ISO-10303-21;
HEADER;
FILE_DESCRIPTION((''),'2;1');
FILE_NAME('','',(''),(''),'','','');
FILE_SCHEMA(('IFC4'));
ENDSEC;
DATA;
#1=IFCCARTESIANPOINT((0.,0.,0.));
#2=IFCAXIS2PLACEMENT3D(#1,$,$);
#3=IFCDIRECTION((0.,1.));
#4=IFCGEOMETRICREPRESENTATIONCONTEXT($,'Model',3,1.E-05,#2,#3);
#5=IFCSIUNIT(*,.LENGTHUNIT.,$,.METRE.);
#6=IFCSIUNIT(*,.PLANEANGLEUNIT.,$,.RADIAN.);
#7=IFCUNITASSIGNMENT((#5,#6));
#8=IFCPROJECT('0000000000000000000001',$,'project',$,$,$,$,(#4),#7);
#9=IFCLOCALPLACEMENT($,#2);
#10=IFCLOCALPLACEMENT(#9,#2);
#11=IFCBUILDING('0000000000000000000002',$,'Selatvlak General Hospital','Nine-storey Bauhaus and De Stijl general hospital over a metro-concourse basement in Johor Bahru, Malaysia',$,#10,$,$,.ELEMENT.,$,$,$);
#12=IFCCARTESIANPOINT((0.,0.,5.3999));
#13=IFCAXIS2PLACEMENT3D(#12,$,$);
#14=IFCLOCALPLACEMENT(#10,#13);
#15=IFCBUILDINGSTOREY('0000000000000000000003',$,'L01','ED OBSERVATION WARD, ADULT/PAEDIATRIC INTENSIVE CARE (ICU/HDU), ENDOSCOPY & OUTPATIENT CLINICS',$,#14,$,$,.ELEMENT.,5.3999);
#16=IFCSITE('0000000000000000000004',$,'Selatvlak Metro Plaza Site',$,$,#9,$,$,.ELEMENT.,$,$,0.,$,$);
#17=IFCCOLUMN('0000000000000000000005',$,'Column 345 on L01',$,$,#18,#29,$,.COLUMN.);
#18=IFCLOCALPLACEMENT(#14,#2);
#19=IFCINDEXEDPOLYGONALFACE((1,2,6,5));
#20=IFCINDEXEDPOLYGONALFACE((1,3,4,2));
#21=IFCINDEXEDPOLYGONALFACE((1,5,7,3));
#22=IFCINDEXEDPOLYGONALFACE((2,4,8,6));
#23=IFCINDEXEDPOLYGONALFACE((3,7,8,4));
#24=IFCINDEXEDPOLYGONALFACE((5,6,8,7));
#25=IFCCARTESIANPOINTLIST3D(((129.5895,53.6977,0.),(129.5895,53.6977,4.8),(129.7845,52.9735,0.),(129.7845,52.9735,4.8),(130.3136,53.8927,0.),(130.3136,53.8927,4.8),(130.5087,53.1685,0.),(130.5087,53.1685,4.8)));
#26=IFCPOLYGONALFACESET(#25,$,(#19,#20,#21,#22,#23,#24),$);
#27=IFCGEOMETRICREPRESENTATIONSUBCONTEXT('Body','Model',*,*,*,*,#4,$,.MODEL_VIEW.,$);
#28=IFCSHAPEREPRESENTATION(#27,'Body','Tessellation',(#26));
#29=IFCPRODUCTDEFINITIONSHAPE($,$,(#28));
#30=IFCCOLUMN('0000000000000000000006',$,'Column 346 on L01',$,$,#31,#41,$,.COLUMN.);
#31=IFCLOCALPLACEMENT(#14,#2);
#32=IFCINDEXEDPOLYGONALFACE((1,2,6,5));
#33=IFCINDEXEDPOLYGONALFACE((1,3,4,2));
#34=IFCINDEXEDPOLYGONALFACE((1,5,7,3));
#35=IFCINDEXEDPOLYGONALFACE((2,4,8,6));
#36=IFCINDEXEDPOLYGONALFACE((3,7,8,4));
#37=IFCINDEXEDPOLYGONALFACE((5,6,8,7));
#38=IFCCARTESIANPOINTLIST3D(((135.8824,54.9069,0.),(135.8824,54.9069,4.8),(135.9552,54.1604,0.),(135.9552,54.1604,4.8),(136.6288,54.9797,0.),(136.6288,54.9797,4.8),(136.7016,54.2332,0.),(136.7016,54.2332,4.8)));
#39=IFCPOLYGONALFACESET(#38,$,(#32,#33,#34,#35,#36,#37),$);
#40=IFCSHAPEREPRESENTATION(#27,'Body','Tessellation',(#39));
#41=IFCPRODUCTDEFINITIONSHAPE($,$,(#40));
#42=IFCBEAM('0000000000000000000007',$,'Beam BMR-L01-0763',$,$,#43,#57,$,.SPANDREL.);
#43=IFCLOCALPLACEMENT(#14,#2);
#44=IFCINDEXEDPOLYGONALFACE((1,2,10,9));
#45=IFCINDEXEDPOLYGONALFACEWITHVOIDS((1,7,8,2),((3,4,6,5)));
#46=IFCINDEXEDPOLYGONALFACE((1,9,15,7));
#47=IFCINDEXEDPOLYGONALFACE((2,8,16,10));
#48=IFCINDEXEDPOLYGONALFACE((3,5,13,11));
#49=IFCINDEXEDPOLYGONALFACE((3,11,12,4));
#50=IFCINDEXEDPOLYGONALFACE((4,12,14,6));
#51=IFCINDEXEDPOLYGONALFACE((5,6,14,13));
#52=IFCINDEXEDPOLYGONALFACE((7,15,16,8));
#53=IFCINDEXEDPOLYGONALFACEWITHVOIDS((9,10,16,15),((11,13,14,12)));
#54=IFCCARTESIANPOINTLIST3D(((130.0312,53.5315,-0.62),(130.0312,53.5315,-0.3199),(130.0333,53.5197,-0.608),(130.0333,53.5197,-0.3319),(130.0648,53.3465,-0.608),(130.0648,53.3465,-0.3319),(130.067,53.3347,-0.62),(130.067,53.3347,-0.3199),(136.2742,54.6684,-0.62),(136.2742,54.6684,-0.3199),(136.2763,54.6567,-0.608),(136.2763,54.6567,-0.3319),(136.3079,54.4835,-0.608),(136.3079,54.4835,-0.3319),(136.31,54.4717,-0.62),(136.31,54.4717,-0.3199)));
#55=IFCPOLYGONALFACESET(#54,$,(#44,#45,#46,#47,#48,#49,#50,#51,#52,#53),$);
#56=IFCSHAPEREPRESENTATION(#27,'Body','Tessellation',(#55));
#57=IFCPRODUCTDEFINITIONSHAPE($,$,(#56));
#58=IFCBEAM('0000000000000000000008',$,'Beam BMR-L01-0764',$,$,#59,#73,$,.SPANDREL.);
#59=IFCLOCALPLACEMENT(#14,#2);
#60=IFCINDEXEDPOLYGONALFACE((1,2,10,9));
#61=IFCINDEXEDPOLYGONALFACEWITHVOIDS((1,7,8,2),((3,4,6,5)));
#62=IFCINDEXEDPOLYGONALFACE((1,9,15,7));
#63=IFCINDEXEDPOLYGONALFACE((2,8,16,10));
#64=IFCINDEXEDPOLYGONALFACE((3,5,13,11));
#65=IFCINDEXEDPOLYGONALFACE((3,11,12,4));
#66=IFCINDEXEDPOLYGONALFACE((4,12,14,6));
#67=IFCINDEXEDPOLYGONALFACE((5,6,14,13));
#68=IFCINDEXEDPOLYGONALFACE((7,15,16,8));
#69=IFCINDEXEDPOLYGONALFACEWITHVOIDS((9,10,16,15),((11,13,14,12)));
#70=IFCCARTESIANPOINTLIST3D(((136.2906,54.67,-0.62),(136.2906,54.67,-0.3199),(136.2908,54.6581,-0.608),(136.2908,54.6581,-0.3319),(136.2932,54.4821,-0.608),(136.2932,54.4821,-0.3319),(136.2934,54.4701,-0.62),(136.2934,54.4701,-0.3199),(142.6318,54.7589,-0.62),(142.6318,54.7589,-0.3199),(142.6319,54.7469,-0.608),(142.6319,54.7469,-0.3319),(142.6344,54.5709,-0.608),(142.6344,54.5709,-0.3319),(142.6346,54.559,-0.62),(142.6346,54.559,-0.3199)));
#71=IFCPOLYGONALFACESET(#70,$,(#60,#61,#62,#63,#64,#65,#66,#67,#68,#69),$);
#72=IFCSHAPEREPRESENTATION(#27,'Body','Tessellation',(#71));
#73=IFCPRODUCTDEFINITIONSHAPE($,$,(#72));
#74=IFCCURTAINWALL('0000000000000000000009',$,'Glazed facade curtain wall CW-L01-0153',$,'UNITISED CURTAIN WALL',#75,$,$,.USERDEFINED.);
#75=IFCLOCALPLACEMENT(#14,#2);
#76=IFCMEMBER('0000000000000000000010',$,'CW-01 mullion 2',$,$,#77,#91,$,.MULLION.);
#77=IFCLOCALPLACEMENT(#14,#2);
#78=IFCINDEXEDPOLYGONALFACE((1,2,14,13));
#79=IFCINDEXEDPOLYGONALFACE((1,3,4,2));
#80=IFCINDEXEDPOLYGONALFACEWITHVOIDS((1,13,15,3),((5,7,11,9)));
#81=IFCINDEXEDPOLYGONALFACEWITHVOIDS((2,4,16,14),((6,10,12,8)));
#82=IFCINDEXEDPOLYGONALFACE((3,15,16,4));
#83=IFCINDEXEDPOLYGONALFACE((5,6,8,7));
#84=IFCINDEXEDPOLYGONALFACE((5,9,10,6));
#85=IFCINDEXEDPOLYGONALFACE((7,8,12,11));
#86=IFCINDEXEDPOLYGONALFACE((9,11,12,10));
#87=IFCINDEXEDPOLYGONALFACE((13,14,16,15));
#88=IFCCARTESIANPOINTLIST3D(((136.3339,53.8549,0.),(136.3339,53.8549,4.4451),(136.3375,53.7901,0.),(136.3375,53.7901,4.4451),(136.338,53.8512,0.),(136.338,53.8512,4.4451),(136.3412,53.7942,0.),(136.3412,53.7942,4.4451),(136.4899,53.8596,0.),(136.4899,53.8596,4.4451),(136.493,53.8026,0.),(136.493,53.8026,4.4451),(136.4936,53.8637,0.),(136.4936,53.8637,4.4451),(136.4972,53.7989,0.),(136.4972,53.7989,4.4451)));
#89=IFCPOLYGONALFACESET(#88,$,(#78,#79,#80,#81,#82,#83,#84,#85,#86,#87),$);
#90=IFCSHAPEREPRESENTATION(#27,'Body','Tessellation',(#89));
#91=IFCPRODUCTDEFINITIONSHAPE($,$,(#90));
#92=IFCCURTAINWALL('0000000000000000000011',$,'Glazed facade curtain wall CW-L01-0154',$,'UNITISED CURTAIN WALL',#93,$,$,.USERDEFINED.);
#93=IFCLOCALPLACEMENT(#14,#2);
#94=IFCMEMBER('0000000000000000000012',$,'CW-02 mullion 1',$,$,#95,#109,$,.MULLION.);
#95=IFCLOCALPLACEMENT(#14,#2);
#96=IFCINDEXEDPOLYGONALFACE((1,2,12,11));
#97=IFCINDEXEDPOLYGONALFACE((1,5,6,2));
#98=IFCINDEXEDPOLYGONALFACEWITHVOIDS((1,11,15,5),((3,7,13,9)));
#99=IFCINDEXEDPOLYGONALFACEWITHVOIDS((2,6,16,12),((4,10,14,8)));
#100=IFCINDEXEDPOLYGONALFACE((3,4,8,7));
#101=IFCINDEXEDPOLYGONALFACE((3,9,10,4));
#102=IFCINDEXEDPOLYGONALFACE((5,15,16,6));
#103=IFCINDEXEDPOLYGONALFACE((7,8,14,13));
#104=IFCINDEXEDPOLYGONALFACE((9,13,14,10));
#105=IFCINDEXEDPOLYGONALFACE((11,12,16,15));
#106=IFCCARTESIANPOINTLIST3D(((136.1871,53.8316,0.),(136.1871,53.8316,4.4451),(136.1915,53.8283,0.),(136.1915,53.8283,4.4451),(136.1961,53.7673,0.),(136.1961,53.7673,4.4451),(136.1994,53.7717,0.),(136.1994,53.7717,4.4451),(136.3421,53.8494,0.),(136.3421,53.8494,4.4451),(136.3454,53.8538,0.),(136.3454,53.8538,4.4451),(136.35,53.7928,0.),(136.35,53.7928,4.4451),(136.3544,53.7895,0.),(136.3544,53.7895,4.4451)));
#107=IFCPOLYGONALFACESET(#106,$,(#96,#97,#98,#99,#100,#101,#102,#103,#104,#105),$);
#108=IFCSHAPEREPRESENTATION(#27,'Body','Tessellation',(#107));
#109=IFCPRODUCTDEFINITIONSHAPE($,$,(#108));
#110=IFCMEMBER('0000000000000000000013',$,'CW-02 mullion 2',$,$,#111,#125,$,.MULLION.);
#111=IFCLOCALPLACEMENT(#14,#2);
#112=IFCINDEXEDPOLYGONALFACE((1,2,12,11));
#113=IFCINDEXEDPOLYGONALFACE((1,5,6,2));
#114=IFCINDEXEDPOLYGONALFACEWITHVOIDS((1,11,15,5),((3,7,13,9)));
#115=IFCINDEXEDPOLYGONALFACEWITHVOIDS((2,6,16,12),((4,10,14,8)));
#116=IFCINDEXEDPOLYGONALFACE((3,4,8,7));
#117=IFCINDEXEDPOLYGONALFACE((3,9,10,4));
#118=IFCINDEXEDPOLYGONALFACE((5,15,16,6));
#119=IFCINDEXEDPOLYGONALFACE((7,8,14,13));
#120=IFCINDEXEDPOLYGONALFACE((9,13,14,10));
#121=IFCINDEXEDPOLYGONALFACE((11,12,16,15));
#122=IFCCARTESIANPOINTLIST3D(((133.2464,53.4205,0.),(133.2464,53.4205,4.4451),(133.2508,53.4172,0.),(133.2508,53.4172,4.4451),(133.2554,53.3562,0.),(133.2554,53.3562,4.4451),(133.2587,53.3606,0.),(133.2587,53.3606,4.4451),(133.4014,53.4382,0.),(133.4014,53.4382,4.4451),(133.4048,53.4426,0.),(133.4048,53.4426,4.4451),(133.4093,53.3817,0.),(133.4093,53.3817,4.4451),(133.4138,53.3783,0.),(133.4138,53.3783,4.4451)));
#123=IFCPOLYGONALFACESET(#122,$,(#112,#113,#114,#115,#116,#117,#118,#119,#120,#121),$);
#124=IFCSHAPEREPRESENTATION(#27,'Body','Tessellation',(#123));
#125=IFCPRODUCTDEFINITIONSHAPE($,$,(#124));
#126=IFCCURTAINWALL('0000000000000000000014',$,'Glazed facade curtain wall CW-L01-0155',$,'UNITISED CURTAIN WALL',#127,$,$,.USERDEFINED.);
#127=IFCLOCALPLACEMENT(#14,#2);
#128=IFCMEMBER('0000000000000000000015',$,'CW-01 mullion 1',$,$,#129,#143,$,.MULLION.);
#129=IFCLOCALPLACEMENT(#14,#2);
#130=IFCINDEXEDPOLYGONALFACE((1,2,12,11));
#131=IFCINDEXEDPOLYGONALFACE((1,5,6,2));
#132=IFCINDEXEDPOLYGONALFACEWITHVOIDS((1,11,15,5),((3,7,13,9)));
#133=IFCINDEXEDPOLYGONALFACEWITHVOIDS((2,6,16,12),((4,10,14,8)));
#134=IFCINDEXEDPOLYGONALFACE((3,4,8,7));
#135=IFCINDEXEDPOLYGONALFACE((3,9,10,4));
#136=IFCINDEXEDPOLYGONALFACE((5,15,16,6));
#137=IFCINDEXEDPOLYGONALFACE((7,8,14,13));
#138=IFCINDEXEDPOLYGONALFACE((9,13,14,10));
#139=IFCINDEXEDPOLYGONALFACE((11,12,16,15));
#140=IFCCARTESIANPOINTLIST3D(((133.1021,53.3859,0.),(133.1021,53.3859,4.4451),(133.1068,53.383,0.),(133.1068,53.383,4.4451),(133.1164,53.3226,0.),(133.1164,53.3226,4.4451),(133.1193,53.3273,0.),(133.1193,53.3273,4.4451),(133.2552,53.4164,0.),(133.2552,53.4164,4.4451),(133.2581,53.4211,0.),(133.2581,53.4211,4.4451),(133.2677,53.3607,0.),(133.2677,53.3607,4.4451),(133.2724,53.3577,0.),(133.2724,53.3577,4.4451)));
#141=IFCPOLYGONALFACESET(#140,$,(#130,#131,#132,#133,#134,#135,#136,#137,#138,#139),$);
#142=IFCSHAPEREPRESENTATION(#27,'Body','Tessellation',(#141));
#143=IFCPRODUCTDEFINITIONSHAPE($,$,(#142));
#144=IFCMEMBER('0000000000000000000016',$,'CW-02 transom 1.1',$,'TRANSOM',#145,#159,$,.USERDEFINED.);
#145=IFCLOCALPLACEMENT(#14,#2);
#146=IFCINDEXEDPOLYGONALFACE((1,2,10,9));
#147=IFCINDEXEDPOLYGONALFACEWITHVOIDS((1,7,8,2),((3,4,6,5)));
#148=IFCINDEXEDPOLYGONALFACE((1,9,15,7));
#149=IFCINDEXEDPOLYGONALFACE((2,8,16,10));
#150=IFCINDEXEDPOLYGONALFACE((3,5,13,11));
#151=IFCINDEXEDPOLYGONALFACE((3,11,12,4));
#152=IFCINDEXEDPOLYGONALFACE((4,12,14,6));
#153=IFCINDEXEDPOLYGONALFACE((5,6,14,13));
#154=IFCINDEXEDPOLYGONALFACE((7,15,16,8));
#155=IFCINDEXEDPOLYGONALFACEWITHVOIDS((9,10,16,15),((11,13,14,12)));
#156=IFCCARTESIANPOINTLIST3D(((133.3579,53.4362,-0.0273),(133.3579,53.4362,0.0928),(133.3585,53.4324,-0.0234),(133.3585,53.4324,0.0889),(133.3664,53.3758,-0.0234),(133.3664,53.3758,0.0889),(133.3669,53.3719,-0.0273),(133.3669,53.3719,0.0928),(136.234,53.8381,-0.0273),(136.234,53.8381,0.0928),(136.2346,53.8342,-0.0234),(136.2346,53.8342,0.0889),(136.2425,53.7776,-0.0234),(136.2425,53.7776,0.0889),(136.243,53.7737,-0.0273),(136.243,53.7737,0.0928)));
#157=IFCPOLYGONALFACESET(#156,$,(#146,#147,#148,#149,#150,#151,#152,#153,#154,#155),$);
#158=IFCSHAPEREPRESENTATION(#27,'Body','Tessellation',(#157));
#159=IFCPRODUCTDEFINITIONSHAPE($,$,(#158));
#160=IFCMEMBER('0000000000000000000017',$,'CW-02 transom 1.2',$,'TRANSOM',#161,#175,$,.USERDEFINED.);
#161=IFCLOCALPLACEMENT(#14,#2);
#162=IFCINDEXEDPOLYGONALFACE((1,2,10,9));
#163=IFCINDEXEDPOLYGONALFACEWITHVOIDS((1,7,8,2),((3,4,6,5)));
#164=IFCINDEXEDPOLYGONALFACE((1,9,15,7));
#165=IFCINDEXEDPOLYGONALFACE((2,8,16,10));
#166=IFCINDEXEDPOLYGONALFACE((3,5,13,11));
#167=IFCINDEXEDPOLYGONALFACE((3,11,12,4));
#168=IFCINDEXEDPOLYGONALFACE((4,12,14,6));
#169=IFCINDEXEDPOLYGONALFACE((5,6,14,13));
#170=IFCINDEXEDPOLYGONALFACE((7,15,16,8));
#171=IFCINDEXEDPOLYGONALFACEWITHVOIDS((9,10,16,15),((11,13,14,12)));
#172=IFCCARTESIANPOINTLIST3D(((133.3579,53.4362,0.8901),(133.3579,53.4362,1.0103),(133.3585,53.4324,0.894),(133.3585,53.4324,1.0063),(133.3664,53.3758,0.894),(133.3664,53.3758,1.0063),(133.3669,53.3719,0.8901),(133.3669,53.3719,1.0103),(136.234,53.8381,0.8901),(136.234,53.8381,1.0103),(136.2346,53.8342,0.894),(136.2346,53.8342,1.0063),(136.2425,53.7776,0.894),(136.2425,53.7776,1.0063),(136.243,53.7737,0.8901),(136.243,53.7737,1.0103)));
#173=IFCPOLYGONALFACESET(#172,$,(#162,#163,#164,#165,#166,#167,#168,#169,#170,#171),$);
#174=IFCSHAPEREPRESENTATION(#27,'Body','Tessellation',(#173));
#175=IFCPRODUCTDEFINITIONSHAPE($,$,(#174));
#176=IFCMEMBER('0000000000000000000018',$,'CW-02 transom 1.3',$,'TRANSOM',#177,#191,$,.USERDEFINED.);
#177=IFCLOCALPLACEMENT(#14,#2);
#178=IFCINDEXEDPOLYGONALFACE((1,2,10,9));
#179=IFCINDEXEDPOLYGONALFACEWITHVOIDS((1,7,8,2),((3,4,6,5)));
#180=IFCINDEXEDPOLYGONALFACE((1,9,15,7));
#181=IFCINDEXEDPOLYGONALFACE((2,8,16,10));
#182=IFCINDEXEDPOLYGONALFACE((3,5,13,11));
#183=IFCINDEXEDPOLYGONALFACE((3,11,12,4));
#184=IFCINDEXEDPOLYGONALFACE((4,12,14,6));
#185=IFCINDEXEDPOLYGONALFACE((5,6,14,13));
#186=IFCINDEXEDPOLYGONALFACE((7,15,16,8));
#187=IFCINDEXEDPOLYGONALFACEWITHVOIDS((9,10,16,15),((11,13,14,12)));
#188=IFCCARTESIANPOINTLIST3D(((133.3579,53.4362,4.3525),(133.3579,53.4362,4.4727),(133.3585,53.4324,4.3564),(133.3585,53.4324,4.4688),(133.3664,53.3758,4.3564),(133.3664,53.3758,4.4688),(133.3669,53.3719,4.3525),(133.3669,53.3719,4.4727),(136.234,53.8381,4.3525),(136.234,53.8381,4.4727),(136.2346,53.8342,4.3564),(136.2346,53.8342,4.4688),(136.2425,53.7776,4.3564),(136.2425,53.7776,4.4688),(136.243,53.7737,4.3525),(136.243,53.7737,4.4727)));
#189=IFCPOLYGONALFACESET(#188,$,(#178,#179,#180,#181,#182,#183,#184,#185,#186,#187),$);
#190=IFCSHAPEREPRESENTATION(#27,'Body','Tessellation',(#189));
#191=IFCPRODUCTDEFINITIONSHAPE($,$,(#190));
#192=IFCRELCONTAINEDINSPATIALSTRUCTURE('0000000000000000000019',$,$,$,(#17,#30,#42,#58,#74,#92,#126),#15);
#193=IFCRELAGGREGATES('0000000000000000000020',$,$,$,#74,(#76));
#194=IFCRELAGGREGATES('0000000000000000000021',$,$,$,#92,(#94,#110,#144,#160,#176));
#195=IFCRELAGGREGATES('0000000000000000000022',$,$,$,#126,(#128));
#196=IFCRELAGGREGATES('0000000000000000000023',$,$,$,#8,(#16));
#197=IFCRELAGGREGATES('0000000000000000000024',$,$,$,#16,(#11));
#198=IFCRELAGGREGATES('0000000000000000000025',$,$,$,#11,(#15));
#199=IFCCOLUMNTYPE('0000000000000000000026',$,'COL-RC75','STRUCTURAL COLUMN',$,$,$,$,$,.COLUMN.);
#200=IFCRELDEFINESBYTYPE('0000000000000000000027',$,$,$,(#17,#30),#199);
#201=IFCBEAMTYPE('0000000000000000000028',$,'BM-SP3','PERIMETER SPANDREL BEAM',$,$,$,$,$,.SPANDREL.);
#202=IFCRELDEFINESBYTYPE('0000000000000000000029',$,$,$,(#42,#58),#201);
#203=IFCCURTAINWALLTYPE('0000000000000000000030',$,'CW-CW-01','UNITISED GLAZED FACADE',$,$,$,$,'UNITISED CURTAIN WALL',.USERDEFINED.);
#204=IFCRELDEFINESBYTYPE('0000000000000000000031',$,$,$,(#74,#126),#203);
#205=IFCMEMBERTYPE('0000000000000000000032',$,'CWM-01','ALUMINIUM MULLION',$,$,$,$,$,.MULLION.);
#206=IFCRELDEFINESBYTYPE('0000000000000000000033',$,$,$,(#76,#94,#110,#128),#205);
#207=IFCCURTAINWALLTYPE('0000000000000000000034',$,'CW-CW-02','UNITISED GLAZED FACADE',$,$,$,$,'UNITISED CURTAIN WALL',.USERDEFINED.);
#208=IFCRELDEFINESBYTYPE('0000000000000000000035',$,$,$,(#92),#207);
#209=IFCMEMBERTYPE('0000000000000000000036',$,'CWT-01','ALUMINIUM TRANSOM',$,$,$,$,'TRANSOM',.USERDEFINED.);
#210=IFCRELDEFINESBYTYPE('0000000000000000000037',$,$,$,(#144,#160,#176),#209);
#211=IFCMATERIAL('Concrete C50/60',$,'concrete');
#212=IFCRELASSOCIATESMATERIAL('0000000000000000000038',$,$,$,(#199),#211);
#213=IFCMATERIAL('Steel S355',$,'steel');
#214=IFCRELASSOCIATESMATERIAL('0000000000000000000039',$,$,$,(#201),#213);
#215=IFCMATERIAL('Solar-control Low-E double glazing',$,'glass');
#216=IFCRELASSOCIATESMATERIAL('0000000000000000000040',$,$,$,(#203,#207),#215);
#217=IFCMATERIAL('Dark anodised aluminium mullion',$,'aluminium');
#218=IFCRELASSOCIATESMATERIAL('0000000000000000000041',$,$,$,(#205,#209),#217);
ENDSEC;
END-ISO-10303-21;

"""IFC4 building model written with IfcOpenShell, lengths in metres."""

from ifc_helpers import new_model, si_unit, direction, frame, origin, origin_2d, place, context, subcontext, project, spatial, rectangle, hollow_rectangle, extrude, material, material_profile, profile_set, type_object, element, aggregate, save


model = new_model("IFC4")

# Units and contexts
model_context = context("Model", 3, precision=1e-05, world=origin(), true_north=direction((0.0, 1.0)))
body_context = subcontext(model_context, "Body", "Model", "MODEL_VIEW")
ifc_project = project(units=[si_unit("LENGTHUNIT", "METRE"), si_unit("PLANEANGLEUNIT", "RADIAN")], contexts=[model_context])

# Site, building, storey
site_placement = place(None, origin())
site = spatial("IfcSite", under=ifc_project, at=site_placement, Name="Selatvlak Metro Plaza Site", CompositionType="ELEMENT", RefElevation=0.0)
building_placement = place(site_placement, origin())
building = spatial("IfcBuilding", under=site, at=building_placement, Name="Selatvlak General Hospital", Description="Nine-storey Bauhaus and De Stijl general hospital over a metro-concourse basement in Johor Bahru, Malaysia", CompositionType="ELEMENT")
storey_placement = place(building_placement, frame((0.0, 0.0, 5.3999)))
storey = spatial("IfcBuildingStorey", under=building, at=storey_placement, Name="L01", Description="ED OBSERVATION WARD, ADULT/PAEDIATRIC INTENSIVE CARE (ICU/HDU), ENDOSCOPY & OUTPATIENT CLINICS", CompositionType="ELEMENT", Elevation=5.3999)

# Columns
ifc_material_1 = material(Name="Concrete C50/60", Category="concrete")
ifc_material_profile_1 = material_profile(ifc_material_1, rectangle(XDim=0.75, YDim=0.75, at=origin_2d()), Name="RC-COL 750x750")
ifc_profile_set_1 = profile_set([ifc_material_profile_1], Name="Concrete C50/60")
column_type = type_object("IfcColumnType", Name="COL-RC75", Description="STRUCTURAL COLUMN", PredefinedType="COLUMN", material=ifc_profile_set_1)
for number, where, z_axis, x_axis, name in (
    (1, (130.0491, 53.4331, 0.0), (0.0, 0.0, 1.0), (-0.260066, 0.965591, 0.0), "Column 345 on L01"),
    (2, (136.292, 54.5701, 0.0), (0.0, 0.0, 1.0), (-0.097062, 0.995278, 0.0), "Column 346 on L01"),
):
    element("IfcColumn", number, at=place(storey_placement, frame(where, z_axis=z_axis, x_axis=x_axis)), inside=storey, type_object=column_type, Name=name, PredefinedType="COLUMN", context=body_context, shape_type="SweptSolid", body=[
        extrude(rectangle(XDim=0.75, YDim=0.75, at=origin_2d()), origin(), (0.0, 0.0, 1.0), 4.8),
    ])

# Beams
ifc_material_2 = material(Name="Steel S355", Category="steel")
ifc_material_profile_2 = material_profile(ifc_material_2, hollow_rectangle(XDim=0.2, YDim=0.3, WallThickness=0.012, at=origin_2d()), Name="RHS 300x200x12")
ifc_profile_set_2 = profile_set([ifc_material_profile_2], Name="Steel S355")
beam_type = type_object("IfcBeamType", Name="BM-SP3", Description="PERIMETER SPANDREL BEAM", PredefinedType="SPANDREL", material=ifc_profile_set_2)
beam_1_placement = place(storey_placement, frame((130.0491, 53.4331, -0.47), z_axis=(0.983818, 0.179173, 0.0), x_axis=(-0.179173, 0.983818, 0.0)))
element("IfcBeam", 3, at=beam_1_placement, inside=storey, type_object=beam_type, Name="Beam BMR-L01-0763", PredefinedType="SPANDREL", context=body_context, shape_type="SweptSolid", body=[
    extrude(hollow_rectangle(XDim=0.2, YDim=0.3, WallThickness=0.012, at=origin_2d()), origin(), (0.0, 0.0, 1.0), 6.3457),
])
beam_2_placement = place(storey_placement, frame((136.292, 54.5701, -0.47), z_axis=(0.999902, 0.014013, 0.0), x_axis=(-0.014013, 0.999902, 0.0)))
element("IfcBeam", 4, at=beam_2_placement, inside=storey, type_object=beam_type, Name="Beam BMR-L01-0764", PredefinedType="SPANDREL", context=body_context, shape_type="SweptSolid", body=[
    extrude(hollow_rectangle(XDim=0.2, YDim=0.3, WallThickness=0.012, at=origin_2d()), origin(), (0.0, 0.0, 1.0), 6.3418),
])

# Curtain wall, member
ifc_material_3 = material(Name="Solar-control Low-E double glazing", Category="glass")
curtain_wall_type_1 = type_object("IfcCurtainWallType", Name="CW-CW-01", Description="UNITISED GLAZED FACADE", ElementType="UNITISED CURTAIN WALL", PredefinedType="USERDEFINED", material=ifc_material_3)
curtain_wall_1_placement = place(storey_placement, origin())
curtain_wall_1 = element("IfcCurtainWall", 5, at=curtain_wall_1_placement, inside=storey, type_object=curtain_wall_type_1, Name="Glazed facade curtain wall CW-L01-0153", ObjectType="UNITISED CURTAIN WALL", PredefinedType="USERDEFINED")
ifc_material_4 = material(Name="Dark anodised aluminium mullion", Category="aluminium")
ifc_material_profile_3 = material_profile(ifc_material_4, hollow_rectangle(XDim=0.0649, YDim=0.1599, WallThickness=0.0039, at=origin_2d()), Name="AL-MUL 65x160x4")
ifc_profile_set_3 = profile_set([ifc_material_profile_3], Name="Dark anodised aluminium mullion")
member_type_1 = type_object("IfcMemberType", Name="CWM-01", Description="ALUMINIUM MULLION", PredefinedType="MULLION", material=ifc_profile_set_3)
member_1_placement = place(storey_placement, frame((136.4155, 53.8269, 0.0), z_axis=(0.0, 0.0, 1.0), x_axis=(0.055159, -0.998478, 0.0)))
member_1 = element("IfcMember", 6, at=member_1_placement, type_object=member_type_1, Name="CW-01 mullion 2", PredefinedType="MULLION", context=body_context, shape_type="SweptSolid", body=[
    extrude(hollow_rectangle(XDim=0.0649, YDim=0.1599, WallThickness=0.0039, at=origin_2d()), origin(), (0.0, 0.0, 1.0), 4.4451),
])
aggregate(curtain_wall_1, [member_1])

# Curtain wall, members
curtain_wall_type_2 = type_object("IfcCurtainWallType", Name="CW-CW-02", Description="UNITISED GLAZED FACADE", ElementType="UNITISED CURTAIN WALL", PredefinedType="USERDEFINED", material=ifc_material_3)
curtain_wall_2_placement = place(storey_placement, origin())
curtain_wall_2 = element("IfcCurtainWall", 7, at=curtain_wall_2_placement, inside=storey, type_object=curtain_wall_type_2, Name="Glazed facade curtain wall CW-L01-0154", ObjectType="UNITISED CURTAIN WALL", PredefinedType="USERDEFINED")
member_2_placement = place(storey_placement, frame((136.2708, 53.8105, 0.0), z_axis=(0.0, 0.0, 1.0), x_axis=(0.138422, -0.990373, 0.0)))
member_2 = element("IfcMember", 8, at=member_2_placement, type_object=member_type_1, Name="CW-02 mullion 1", PredefinedType="MULLION", context=body_context, shape_type="SweptSolid", body=[
    extrude(hollow_rectangle(XDim=0.0649, YDim=0.1599, WallThickness=0.0039, at=origin_2d()), origin(), (0.0, 0.0, 1.0), 4.4451),
])
member_3_placement = place(storey_placement, frame((133.3301, 53.3994, 0.0), z_axis=(0.0, 0.0, 1.0), x_axis=(0.138422, -0.990373, 0.0)))
member_3 = element("IfcMember", 9, at=member_3_placement, type_object=member_type_1, Name="CW-02 mullion 2", PredefinedType="MULLION", context=body_context, shape_type="SweptSolid", body=[
    extrude(hollow_rectangle(XDim=0.0649, YDim=0.1599, WallThickness=0.0039, at=origin_2d()), origin(), (0.0, 0.0, 1.0), 4.4451),
])

# Curtain wall, member
curtain_wall_3_placement = place(storey_placement, origin())
curtain_wall_3 = element("IfcCurtainWall", 10, at=curtain_wall_3_placement, inside=storey, type_object=curtain_wall_type_1, Name="Glazed facade curtain wall CW-L01-0155", ObjectType="UNITISED CURTAIN WALL", PredefinedType="USERDEFINED")
member_4_placement = place(storey_placement, frame((133.1873, 53.3718, 0.0), z_axis=(0.0, 0.0, 1.0), x_axis=(0.219653, -0.975578, 0.0)))
member_4 = element("IfcMember", 11, at=member_4_placement, type_object=member_type_1, Name="CW-01 mullion 1", PredefinedType="MULLION", context=body_context, shape_type="SweptSolid", body=[
    extrude(hollow_rectangle(XDim=0.0649, YDim=0.1599, WallThickness=0.0039, at=origin_2d()), origin(), (0.0, 0.0, 1.0), 4.4451),
])

# Members
ifc_material_profile_4 = material_profile(ifc_material_4, hollow_rectangle(XDim=0.0649, YDim=0.1201, WallThickness=0.0039, at=origin_2d()), Name="AL-TRN 65x120x4")
ifc_profile_set_4 = profile_set([ifc_material_profile_4], Name="Dark anodised aluminium mullion")
member_type_2 = type_object("IfcMemberType", Name="CWT-01", Description="ALUMINIUM TRANSOM", ElementType="TRANSOM", PredefinedType="USERDEFINED", material=ifc_profile_set_4)
member_5_placement = place(storey_placement, frame((136.2385, 53.8059, 0.0327), z_axis=(-0.99038, -0.138372, 0.0), x_axis=(0.138372, -0.99038, 0.0)))
member_5 = element("IfcMember", 12, at=member_5_placement, type_object=member_type_2, Name="CW-02 transom 1.1", ObjectType="TRANSOM", PredefinedType="USERDEFINED", context=body_context, shape_type="SweptSolid", body=[
    extrude(hollow_rectangle(XDim=0.0649, YDim=0.1201, WallThickness=0.0039, at=origin_2d()), origin(), (0.0, 0.0, 1.0), 2.9041),
])
member_6_placement = place(storey_placement, frame((136.2385, 53.8059, 0.9502), z_axis=(-0.99038, -0.138372, 0.0), x_axis=(0.138372, -0.99038, 0.0)))
member_6 = element("IfcMember", 13, at=member_6_placement, type_object=member_type_2, Name="CW-02 transom 1.2", ObjectType="TRANSOM", PredefinedType="USERDEFINED", context=body_context, shape_type="SweptSolid", body=[
    extrude(hollow_rectangle(XDim=0.0649, YDim=0.1201, WallThickness=0.0039, at=origin_2d()), origin(), (0.0, 0.0, 1.0), 2.9041),
])
member_7_placement = place(storey_placement, frame((136.2385, 53.8059, 4.4126), z_axis=(-0.99038, -0.138372, 0.0), x_axis=(0.138372, -0.99038, 0.0)))
member_7 = element("IfcMember", 14, at=member_7_placement, type_object=member_type_2, Name="CW-02 transom 1.3", ObjectType="TRANSOM", PredefinedType="USERDEFINED", context=body_context, shape_type="SweptSolid", body=[
    extrude(hollow_rectangle(XDim=0.0649, YDim=0.1201, WallThickness=0.0039, at=origin_2d()), origin(), (0.0, 0.0, 1.0), 2.9041),
])

aggregate(curtain_wall_2, [member_2, member_3, member_5, member_6, member_7])
aggregate(curtain_wall_3, [member_4])

save(model, "model.ifc")
